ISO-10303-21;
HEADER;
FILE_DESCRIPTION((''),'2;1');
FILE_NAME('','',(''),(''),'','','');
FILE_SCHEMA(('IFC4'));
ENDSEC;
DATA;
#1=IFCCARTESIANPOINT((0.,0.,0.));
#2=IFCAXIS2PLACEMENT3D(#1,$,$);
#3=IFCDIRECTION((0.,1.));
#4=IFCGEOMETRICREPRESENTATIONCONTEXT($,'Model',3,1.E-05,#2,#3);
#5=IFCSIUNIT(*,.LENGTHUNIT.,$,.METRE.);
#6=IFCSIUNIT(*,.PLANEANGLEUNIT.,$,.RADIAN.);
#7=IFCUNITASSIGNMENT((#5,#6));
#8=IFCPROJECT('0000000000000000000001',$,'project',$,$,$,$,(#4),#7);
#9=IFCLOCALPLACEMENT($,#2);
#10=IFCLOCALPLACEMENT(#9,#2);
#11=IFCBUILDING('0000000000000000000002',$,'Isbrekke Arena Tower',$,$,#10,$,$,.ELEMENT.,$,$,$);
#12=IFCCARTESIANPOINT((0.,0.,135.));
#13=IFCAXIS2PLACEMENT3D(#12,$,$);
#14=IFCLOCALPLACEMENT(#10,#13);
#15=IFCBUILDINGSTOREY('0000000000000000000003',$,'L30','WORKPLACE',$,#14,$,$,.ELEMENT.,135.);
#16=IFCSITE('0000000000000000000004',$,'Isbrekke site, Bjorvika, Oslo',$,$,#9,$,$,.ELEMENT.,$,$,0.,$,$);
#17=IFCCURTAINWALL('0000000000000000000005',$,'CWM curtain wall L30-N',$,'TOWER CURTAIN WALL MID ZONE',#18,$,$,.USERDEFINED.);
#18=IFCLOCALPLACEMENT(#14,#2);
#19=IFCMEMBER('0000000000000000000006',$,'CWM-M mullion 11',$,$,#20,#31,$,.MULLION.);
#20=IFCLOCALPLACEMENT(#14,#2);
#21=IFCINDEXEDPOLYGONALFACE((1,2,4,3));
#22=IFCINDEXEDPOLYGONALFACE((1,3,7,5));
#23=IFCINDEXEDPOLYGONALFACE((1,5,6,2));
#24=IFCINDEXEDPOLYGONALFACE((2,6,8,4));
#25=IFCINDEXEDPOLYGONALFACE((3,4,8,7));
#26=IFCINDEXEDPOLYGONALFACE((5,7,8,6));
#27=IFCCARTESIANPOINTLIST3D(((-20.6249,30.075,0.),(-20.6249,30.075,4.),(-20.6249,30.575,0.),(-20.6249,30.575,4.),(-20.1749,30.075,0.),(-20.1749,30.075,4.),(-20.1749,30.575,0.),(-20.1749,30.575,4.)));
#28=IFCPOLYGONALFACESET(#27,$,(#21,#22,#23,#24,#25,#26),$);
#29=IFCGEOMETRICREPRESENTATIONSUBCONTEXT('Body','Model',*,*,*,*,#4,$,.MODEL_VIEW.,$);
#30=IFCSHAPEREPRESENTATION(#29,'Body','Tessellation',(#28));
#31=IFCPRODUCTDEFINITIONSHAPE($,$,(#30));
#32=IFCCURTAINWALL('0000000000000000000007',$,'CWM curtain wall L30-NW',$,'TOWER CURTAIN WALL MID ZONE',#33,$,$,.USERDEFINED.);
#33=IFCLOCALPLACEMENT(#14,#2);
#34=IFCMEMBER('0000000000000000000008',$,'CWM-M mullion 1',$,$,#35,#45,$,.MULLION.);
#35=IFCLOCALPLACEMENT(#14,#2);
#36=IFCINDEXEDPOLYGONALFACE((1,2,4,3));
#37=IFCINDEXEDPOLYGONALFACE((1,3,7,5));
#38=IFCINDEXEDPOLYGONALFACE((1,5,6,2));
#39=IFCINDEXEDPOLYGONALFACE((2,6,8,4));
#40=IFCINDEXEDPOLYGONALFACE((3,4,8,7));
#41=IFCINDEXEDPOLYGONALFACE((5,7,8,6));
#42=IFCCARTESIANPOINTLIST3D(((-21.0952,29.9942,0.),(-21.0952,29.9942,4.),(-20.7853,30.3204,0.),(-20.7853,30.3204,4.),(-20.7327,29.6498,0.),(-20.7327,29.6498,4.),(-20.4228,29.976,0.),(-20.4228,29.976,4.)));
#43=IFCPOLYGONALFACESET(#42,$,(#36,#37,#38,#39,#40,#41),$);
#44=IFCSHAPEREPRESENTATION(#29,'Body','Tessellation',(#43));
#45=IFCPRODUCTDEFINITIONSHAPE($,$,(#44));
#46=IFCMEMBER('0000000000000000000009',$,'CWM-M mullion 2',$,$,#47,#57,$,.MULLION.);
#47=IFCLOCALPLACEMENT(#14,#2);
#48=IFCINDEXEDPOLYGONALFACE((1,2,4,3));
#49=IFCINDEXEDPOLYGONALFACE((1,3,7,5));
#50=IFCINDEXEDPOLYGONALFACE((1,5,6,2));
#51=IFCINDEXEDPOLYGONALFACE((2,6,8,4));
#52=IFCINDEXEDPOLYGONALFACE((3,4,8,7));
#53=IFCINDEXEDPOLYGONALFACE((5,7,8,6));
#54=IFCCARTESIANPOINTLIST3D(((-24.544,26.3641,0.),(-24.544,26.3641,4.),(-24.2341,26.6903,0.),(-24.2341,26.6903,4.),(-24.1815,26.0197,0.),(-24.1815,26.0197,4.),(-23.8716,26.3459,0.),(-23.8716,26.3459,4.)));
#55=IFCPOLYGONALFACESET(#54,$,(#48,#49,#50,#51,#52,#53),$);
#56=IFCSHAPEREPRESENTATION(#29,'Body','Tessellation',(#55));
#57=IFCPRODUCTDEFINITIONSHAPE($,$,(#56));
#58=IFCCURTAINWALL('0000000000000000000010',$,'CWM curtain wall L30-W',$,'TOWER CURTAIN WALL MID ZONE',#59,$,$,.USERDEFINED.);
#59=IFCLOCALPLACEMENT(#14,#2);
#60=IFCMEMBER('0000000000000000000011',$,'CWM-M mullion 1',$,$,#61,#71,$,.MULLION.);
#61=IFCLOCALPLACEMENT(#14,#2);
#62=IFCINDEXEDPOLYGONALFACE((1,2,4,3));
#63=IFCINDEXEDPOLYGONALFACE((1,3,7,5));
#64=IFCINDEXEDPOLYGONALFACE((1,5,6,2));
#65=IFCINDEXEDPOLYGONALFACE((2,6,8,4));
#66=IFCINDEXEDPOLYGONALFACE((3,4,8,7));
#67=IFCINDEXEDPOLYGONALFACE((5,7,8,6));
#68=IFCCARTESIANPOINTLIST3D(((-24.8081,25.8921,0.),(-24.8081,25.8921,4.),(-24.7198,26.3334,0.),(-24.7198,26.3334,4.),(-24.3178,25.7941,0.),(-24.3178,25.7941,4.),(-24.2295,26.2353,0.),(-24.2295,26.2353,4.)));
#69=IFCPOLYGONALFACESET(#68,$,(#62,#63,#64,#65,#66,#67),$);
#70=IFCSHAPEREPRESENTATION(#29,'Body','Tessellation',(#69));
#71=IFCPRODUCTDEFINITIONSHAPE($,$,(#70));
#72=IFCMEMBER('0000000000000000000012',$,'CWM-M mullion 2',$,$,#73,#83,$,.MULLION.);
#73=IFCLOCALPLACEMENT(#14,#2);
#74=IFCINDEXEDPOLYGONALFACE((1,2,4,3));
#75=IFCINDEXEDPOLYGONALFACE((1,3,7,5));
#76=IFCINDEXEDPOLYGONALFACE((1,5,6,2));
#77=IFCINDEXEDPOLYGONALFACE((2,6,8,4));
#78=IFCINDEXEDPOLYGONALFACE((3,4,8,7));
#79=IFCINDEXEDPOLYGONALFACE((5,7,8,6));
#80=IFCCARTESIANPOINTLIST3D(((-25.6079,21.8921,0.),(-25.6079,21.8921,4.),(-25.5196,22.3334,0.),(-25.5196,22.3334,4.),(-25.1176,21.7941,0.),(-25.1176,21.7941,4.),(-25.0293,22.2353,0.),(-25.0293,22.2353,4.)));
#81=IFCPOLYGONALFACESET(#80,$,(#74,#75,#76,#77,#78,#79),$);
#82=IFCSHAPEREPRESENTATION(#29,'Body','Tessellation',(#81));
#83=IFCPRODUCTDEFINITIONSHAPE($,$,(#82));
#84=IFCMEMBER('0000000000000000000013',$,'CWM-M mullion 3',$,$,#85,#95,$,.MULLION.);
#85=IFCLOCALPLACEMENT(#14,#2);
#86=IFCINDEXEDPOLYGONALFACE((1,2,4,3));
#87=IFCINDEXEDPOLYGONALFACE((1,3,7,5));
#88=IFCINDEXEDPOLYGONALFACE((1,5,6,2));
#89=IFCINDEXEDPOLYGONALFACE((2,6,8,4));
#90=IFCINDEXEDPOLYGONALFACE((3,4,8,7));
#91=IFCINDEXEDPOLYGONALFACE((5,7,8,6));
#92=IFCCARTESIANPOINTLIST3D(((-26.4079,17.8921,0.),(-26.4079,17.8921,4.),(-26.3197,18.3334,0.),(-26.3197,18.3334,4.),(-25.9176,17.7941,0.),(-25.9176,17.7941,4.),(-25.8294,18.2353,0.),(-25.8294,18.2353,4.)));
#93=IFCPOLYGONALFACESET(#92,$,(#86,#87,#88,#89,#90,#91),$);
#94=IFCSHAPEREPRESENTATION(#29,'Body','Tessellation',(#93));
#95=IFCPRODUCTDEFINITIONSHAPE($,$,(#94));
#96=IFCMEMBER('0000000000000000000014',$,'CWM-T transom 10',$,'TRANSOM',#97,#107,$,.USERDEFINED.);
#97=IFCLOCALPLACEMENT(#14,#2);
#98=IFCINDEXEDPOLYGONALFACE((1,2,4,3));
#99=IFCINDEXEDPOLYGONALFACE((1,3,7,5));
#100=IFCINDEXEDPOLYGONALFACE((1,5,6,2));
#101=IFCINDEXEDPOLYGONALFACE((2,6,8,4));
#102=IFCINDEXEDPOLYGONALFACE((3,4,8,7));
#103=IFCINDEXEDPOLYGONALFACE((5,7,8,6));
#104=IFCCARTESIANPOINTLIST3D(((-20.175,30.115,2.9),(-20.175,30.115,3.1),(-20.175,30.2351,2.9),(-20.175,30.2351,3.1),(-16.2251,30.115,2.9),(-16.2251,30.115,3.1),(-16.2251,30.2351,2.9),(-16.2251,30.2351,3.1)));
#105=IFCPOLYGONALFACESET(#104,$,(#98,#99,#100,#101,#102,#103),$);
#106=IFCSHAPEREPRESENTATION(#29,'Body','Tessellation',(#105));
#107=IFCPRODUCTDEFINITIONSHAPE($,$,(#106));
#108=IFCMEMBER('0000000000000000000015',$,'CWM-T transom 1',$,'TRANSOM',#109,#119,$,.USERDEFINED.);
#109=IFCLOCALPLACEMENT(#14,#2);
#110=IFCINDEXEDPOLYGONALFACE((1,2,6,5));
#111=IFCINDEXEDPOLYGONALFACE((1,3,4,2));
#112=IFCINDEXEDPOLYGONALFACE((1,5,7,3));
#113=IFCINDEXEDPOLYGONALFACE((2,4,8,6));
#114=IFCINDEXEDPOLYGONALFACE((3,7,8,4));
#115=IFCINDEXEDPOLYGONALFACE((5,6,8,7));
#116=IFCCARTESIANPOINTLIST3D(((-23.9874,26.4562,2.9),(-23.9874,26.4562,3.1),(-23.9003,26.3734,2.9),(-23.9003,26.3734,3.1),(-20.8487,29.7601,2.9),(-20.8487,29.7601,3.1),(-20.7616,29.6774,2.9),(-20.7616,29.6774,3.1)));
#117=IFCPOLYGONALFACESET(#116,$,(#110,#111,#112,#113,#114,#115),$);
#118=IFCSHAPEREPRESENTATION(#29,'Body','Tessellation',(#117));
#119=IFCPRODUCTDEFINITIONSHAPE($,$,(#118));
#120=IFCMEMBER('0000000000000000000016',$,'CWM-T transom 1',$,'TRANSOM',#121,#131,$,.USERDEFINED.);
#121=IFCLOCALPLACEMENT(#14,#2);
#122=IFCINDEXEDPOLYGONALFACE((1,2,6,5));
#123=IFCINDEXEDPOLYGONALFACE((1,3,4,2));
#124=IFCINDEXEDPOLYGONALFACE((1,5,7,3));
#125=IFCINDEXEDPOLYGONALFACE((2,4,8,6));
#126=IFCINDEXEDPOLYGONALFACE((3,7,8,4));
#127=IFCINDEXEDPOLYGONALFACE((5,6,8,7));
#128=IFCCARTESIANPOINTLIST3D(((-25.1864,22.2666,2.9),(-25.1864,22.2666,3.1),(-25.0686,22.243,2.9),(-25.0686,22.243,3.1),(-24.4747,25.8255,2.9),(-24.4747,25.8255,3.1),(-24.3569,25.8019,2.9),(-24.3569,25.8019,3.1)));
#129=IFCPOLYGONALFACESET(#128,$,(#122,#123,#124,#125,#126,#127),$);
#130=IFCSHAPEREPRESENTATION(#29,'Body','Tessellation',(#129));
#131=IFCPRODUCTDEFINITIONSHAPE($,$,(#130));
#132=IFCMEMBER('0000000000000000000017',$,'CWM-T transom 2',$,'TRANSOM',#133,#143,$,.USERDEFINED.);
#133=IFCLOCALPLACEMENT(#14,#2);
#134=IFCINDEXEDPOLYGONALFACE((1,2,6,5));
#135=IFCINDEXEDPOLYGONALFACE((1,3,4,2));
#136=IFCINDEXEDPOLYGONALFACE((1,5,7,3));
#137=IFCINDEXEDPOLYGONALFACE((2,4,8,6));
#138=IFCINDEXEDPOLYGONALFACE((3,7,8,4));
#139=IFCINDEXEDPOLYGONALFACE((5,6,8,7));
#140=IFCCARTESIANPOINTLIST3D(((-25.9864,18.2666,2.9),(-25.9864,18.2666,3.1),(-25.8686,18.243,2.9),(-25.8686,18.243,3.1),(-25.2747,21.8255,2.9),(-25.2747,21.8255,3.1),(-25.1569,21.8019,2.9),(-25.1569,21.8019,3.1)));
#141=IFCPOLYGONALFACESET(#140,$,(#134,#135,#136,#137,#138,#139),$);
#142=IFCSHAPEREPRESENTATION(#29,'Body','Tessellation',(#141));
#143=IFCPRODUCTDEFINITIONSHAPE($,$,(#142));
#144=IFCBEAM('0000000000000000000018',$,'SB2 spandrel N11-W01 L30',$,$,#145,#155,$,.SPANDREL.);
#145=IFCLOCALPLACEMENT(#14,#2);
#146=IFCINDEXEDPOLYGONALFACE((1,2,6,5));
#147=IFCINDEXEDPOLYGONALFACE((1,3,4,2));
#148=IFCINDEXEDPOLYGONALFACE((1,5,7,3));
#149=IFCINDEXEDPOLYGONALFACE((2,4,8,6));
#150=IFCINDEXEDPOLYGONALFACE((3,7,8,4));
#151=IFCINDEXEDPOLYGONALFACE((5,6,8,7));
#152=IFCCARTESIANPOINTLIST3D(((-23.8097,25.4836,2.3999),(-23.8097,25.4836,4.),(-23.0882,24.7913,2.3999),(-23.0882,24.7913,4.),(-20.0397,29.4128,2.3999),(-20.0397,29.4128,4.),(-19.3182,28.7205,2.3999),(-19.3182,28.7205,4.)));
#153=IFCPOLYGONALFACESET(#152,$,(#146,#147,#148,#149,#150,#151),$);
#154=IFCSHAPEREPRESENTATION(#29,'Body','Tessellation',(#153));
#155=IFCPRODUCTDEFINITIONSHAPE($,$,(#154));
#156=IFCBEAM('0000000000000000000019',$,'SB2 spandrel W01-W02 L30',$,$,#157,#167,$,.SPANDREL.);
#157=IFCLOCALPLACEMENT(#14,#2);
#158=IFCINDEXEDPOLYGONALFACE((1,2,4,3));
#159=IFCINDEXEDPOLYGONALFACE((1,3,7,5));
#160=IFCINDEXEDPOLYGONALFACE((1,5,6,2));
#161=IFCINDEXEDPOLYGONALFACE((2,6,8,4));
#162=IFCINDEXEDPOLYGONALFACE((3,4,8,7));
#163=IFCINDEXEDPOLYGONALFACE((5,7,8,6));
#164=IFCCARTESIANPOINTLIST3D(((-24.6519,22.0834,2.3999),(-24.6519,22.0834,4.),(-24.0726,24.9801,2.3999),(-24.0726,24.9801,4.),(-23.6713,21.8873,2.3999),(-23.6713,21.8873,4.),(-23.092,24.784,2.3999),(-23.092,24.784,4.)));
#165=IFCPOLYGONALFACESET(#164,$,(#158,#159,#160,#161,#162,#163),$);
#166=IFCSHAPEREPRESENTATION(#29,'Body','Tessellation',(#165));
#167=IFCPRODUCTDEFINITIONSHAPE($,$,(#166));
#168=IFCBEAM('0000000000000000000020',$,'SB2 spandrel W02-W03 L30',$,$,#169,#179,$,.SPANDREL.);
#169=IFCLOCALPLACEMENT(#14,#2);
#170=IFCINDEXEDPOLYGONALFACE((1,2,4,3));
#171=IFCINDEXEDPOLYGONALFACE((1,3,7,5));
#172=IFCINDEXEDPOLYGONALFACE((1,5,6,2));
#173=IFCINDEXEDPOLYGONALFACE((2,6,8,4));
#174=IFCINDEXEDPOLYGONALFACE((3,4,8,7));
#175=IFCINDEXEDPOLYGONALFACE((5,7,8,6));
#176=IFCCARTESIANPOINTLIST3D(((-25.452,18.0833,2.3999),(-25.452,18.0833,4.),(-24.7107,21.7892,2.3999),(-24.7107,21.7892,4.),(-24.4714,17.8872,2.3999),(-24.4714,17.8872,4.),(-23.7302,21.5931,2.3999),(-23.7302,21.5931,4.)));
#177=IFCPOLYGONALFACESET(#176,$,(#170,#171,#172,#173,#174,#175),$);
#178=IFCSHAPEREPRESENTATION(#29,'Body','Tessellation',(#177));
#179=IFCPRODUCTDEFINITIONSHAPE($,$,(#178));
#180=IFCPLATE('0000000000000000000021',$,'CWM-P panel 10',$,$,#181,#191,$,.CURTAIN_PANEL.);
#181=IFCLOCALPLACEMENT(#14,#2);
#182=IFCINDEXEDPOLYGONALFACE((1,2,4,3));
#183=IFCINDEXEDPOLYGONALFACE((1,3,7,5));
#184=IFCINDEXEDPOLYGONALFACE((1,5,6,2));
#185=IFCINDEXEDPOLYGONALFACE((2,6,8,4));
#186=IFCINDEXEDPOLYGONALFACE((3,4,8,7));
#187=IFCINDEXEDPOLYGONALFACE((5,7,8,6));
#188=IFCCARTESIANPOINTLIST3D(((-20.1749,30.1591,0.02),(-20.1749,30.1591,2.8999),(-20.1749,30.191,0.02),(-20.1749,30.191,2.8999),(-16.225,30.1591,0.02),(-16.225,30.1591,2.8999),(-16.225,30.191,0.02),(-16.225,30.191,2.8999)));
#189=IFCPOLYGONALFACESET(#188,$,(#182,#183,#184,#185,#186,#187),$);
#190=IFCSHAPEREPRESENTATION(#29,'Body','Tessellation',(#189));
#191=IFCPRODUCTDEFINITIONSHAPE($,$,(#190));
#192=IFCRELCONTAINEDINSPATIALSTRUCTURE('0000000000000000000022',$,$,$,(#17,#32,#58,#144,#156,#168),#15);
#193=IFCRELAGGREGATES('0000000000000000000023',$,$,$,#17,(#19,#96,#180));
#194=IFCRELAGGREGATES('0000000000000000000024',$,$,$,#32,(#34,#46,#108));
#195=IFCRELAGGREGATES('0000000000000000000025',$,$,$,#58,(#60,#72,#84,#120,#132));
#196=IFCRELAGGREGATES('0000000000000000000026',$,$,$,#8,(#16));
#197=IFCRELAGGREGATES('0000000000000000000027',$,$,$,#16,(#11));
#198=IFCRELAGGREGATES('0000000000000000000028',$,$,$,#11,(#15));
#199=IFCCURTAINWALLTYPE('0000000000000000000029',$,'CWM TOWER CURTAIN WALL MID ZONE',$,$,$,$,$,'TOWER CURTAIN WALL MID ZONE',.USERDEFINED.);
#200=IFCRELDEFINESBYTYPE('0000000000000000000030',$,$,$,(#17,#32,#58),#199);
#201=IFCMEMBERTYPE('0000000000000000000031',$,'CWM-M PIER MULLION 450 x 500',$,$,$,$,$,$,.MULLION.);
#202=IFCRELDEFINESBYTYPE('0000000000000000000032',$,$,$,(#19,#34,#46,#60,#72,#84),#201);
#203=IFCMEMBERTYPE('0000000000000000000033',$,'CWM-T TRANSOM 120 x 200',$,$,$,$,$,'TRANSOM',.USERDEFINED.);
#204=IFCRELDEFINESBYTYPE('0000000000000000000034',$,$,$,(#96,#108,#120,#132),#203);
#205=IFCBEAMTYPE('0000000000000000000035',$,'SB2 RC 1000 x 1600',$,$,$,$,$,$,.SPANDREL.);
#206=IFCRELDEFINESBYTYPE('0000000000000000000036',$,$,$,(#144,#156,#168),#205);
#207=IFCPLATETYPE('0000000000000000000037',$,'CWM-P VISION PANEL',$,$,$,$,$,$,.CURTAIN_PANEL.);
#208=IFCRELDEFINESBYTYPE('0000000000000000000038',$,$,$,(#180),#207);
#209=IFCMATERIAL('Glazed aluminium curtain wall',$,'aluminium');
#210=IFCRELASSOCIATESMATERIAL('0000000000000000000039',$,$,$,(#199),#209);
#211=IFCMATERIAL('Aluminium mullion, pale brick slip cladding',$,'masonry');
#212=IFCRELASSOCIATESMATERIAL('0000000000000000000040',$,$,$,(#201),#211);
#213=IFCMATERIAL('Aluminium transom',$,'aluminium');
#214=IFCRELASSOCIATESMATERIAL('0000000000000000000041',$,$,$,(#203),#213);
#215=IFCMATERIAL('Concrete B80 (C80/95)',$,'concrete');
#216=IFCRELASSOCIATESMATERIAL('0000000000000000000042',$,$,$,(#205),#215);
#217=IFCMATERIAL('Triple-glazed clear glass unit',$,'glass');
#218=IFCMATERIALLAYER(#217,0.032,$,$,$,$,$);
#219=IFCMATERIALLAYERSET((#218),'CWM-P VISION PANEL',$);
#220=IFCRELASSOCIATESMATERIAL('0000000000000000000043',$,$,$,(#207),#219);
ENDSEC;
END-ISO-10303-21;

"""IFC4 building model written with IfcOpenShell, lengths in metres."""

from ifc_helpers import new_model, si_unit, direction, frame, origin, origin_2d, place, context, subcontext, project, spatial, rectangle, extrude, material, layer, layer_set, material_profile, profile_set, type_object, element, aggregate, save


model = new_model("IFC4")

# Units and contexts
model_context = context("Model", 3, precision=1e-05, world=origin(), true_north=direction((0.0, 1.0)))
body_context = subcontext(model_context, "Body", "Model", "MODEL_VIEW")
ifc_project = project(units=[si_unit("LENGTHUNIT", "METRE"), si_unit("PLANEANGLEUNIT", "RADIAN")], contexts=[model_context])

# Site, building, storey
site_placement = place(None, origin())
site = spatial("IfcSite", under=ifc_project, at=site_placement, Name="Isbrekke site, Bjorvika, Oslo", CompositionType="ELEMENT", RefElevation=0.0)
building_placement = place(site_placement, origin())
building = spatial("IfcBuilding", under=site, at=building_placement, Name="Isbrekke Arena Tower", CompositionType="ELEMENT")
storey_placement = place(building_placement, frame((0.0, 0.0, 135.0)))
storey = spatial("IfcBuildingStorey", under=building, at=storey_placement, Name="L30", Description="WORKPLACE", CompositionType="ELEMENT", Elevation=135.0)

# Curtain wall, member
ifc_material_1 = material(Name="Glazed aluminium curtain wall", Category="aluminium")
curtain_wall_type = type_object("IfcCurtainWallType", Name="CWM TOWER CURTAIN WALL MID ZONE", ElementType="TOWER CURTAIN WALL MID ZONE", PredefinedType="USERDEFINED", material=ifc_material_1)
curtain_wall_1_placement = place(storey_placement, origin())
curtain_wall_1 = element("IfcCurtainWall", 1, at=curtain_wall_1_placement, inside=storey, type_object=curtain_wall_type, Name="CWM curtain wall L30-N", ObjectType="TOWER CURTAIN WALL MID ZONE", PredefinedType="USERDEFINED")
ifc_material_2 = material(Name="Aluminium mullion, pale brick slip cladding", Category="masonry")
ifc_material_profile_1 = material_profile(ifc_material_2, rectangle(XDim=0.45, YDim=0.5, at=origin_2d()), Name="PIER 450X500")
ifc_profile_set_1 = profile_set([ifc_material_profile_1], Name="Aluminium mullion, pale brick slip cladding")
member_type_1 = type_object("IfcMemberType", Name="CWM-M PIER MULLION 450 x 500", PredefinedType="MULLION", material=ifc_profile_set_1)
member_1_placement = place(storey_placement, frame((-20.3999, 30.325, 0.0), z_axis=(0.0, 0.0, 1.0), x_axis=(-1.0, 0.0, 0.0)))
member_1 = element("IfcMember", 2, at=member_1_placement, type_object=member_type_1, Name="CWM-M mullion 11", PredefinedType="MULLION", context=body_context, shape_type="SweptSolid", body=[
    extrude(rectangle(XDim=0.45, YDim=0.5, at=origin_2d()), origin(), (0.0, 0.0, 1.0), 4.0),
])

# Curtain walls, members
curtain_wall_2_placement = place(storey_placement, origin())
curtain_wall_2 = element("IfcCurtainWall", 3, at=curtain_wall_2_placement, inside=storey, type_object=curtain_wall_type, Name="CWM curtain wall L30-NW", ObjectType="TOWER CURTAIN WALL MID ZONE", PredefinedType="USERDEFINED")
member_2_placement = place(storey_placement, frame((-20.759, 29.9851, 0.0), z_axis=(0.0, 0.0, 1.0), x_axis=(-0.688749, -0.724999, 0.0)))
member_2 = element("IfcMember", 4, at=member_2_placement, type_object=member_type_1, Name="CWM-M mullion 1", PredefinedType="MULLION", context=body_context, shape_type="SweptSolid", body=[
    extrude(rectangle(XDim=0.45, YDim=0.5, at=origin_2d()), origin(), (0.0, 0.0, 1.0), 4.0),
])
member_3_placement = place(storey_placement, frame((-24.2078, 26.355, 0.0), z_axis=(0.0, 0.0, 1.0), x_axis=(-0.688749, -0.724999, 0.0)))
member_3 = element("IfcMember", 5, at=member_3_placement, type_object=member_type_1, Name="CWM-M mullion 2", PredefinedType="MULLION", context=body_context, shape_type="SweptSolid", body=[
    extrude(rectangle(XDim=0.45, YDim=0.5, at=origin_2d()), origin(), (0.0, 0.0, 1.0), 4.0),
])
curtain_wall_3_placement = place(storey_placement, origin())
curtain_wall_3 = element("IfcCurtainWall", 6, at=curtain_wall_3_placement, inside=storey, type_object=curtain_wall_type, Name="CWM curtain wall L30-W", ObjectType="TOWER CURTAIN WALL MID ZONE", PredefinedType="USERDEFINED")
member_4_placement = place(storey_placement, frame((-24.5188, 26.0637, 0.0), z_axis=(0.0, 0.0, 1.0), x_axis=(-0.196116, -0.980581, 0.0)))
member_4 = element("IfcMember", 7, at=member_4_placement, type_object=member_type_1, Name="CWM-M mullion 1", PredefinedType="MULLION", context=body_context, shape_type="SweptSolid", body=[
    extrude(rectangle(XDim=0.45, YDim=0.5, at=origin_2d()), origin(), (0.0, 0.0, 1.0), 4.0),
])
member_5_placement = place(storey_placement, frame((-25.3186, 22.0637, 0.0), z_axis=(0.0, 0.0, 1.0), x_axis=(-0.196116, -0.980581, 0.0)))
member_5 = element("IfcMember", 8, at=member_5_placement, type_object=member_type_1, Name="CWM-M mullion 2", PredefinedType="MULLION", context=body_context, shape_type="SweptSolid", body=[
    extrude(rectangle(XDim=0.45, YDim=0.5, at=origin_2d()), origin(), (0.0, 0.0, 1.0), 4.0),
])
member_6_placement = place(storey_placement, frame((-26.1187, 18.0637, 0.0), z_axis=(0.0, 0.0, 1.0), x_axis=(-0.196116, -0.980581, 0.0)))
member_6 = element("IfcMember", 9, at=member_6_placement, type_object=member_type_1, Name="CWM-M mullion 3", PredefinedType="MULLION", context=body_context, shape_type="SweptSolid", body=[
    extrude(rectangle(XDim=0.45, YDim=0.5, at=origin_2d()), origin(), (0.0, 0.0, 1.0), 4.0),
])

# Members
ifc_material_3 = material(Name="Aluminium transom", Category="aluminium")
ifc_material_profile_2 = material_profile(ifc_material_3, rectangle(XDim=0.1201, YDim=0.2, at=origin_2d()), Name="TRANSOM 120X200")
ifc_profile_set_2 = profile_set([ifc_material_profile_2], Name="Aluminium transom")
member_type_2 = type_object("IfcMemberType", Name="CWM-T TRANSOM 120 x 200", ElementType="TRANSOM", PredefinedType="USERDEFINED", material=ifc_profile_set_2)
member_7_placement = place(storey_placement, frame((-16.2251, 30.175, 3.0), z_axis=(-1.0, 0.0, 0.0), x_axis=(0.0, -1.0, 0.0)))
member_7 = element("IfcMember", 10, at=member_7_placement, type_object=member_type_2, Name="CWM-T transom 10", ObjectType="TRANSOM", PredefinedType="USERDEFINED", context=body_context, shape_type="SweptSolid", body=[
    extrude(rectangle(XDim=0.1201, YDim=0.2, at=origin_2d()), origin(), (0.0, 0.0, 1.0), 3.95),
])
member_8_placement = place(storey_placement, frame((-20.8052, 29.7188, 3.0), z_axis=(-0.68874, -0.725009, 0.0), x_axis=(0.725009, -0.68874, 0.0)))
member_8 = element("IfcMember", 11, at=member_8_placement, type_object=member_type_2, Name="CWM-T transom 1", ObjectType="TRANSOM", PredefinedType="USERDEFINED", context=body_context, shape_type="SweptSolid", body=[
    extrude(rectangle(XDim=0.1201, YDim=0.2, at=origin_2d()), origin(), (0.0, 0.0, 1.0), 4.5571),
])
member_9_placement = place(storey_placement, frame((-24.4158, 25.8137, 3.0), z_axis=(-0.19609, -0.980586, 0.0), x_axis=(0.980586, -0.19609, 0.0)))
member_9 = element("IfcMember", 12, at=member_9_placement, type_object=member_type_2, Name="CWM-T transom 1", ObjectType="TRANSOM", PredefinedType="USERDEFINED", context=body_context, shape_type="SweptSolid", body=[
    extrude(rectangle(XDim=0.1201, YDim=0.2, at=origin_2d()), origin(), (0.0, 0.0, 1.0), 3.6294),
])
member_10_placement = place(storey_placement, frame((-25.2158, 21.8137, 3.0), z_axis=(-0.19609, -0.980586, 0.0), x_axis=(0.980586, -0.19609, 0.0)))
member_10 = element("IfcMember", 13, at=member_10_placement, type_object=member_type_2, Name="CWM-T transom 2", ObjectType="TRANSOM", PredefinedType="USERDEFINED", context=body_context, shape_type="SweptSolid", body=[
    extrude(rectangle(XDim=0.1201, YDim=0.2, at=origin_2d()), origin(), (0.0, 0.0, 1.0), 3.6294),
])

# Beams
ifc_material_4 = material(Name="Concrete B80 (C80/95)", Category="concrete")
ifc_material_profile_3 = material_profile(ifc_material_4, rectangle(XDim=1.0, YDim=1.6001, at=origin_2d()), Name="RC 1000x1600")
ifc_profile_set_3 = profile_set([ifc_material_profile_3], Name="Concrete B80 (C80/95)")
beam_type_1 = type_object("IfcBeamType", Name="SB2 RC 1000 x 1600", PredefinedType="SPANDREL", material=ifc_profile_set_3)
beam_1_placement = place(storey_placement, frame((-19.679, 29.0667, 3.2), z_axis=(-0.69234, -0.721572, 0.0), x_axis=(0.721572, -0.69234, 0.0)))
element("IfcBeam", 14, at=beam_1_placement, inside=storey, type_object=beam_type_1, Name="SB2 spandrel N11-W01 L30", PredefinedType="SPANDREL", context=body_context, shape_type="SweptSolid", body=[
    extrude(rectangle(XDim=1.0, YDim=1.6001, at=origin_2d()), origin(), (0.0, 0.0, 1.0), 5.4453),
])
beam_2_placement = place(storey_placement, frame((-23.5823, 24.8821, 3.2), z_axis=(-0.196116, -0.980581, 0.0), x_axis=(0.980581, -0.196116, 0.0)))
element("IfcBeam", 15, at=beam_2_placement, inside=storey, type_object=beam_type_1, Name="SB2 spandrel W01-W02 L30", PredefinedType="SPANDREL", context=body_context, shape_type="SweptSolid", body=[
    extrude(rectangle(XDim=1.0, YDim=1.6001, at=origin_2d()), origin(), (0.0, 0.0, 1.0), 2.9541),
])
beam_3_placement = place(storey_placement, frame((-24.2205, 21.6912, 3.2), z_axis=(-0.196129, -0.980578, 0.0), x_axis=(0.980578, -0.196129, 0.0)))
element("IfcBeam", 16, at=beam_3_placement, inside=storey, type_object=beam_type_1, Name="SB2 spandrel W02-W03 L30", PredefinedType="SPANDREL", context=body_context, shape_type="SweptSolid", body=[
    extrude(rectangle(XDim=1.0, YDim=1.6001, at=origin_2d()), origin(), (0.0, 0.0, 1.0), 3.7793),
])

# Plate
ifc_material_5 = material(Name="Triple-glazed clear glass unit", Category="glass")
ifc_layer_1 = layer(ifc_material_5, 0.032)
ifc_layer_set_1 = layer_set([ifc_layer_1], Name="CWM-P VISION PANEL")
plate_type = type_object("IfcPlateType", Name="CWM-P VISION PANEL", PredefinedType="CURTAIN_PANEL", material=ifc_layer_set_1)
plate_1_placement = place(storey_placement, frame((-18.2, 30.175, 0.02), z_axis=(0.0, 0.0, 1.0), x_axis=(-1.0, 0.0, 0.0)))
plate_1 = element("IfcPlate", 17, at=plate_1_placement, type_object=plate_type, Name="CWM-P panel 10", PredefinedType="CURTAIN_PANEL", context=body_context, shape_type="SweptSolid", body=[
    extrude(rectangle(XDim=3.95, YDim=0.032, at=origin_2d()), origin(), (0.0, 0.0, 1.0), 2.8799),
])
aggregate(curtain_wall_1, [member_1, member_7, plate_1])
aggregate(curtain_wall_2, [member_2, member_3, member_8])
aggregate(curtain_wall_3, [member_4, member_5, member_6, member_9, member_10])

save(model, "model.ifc")
